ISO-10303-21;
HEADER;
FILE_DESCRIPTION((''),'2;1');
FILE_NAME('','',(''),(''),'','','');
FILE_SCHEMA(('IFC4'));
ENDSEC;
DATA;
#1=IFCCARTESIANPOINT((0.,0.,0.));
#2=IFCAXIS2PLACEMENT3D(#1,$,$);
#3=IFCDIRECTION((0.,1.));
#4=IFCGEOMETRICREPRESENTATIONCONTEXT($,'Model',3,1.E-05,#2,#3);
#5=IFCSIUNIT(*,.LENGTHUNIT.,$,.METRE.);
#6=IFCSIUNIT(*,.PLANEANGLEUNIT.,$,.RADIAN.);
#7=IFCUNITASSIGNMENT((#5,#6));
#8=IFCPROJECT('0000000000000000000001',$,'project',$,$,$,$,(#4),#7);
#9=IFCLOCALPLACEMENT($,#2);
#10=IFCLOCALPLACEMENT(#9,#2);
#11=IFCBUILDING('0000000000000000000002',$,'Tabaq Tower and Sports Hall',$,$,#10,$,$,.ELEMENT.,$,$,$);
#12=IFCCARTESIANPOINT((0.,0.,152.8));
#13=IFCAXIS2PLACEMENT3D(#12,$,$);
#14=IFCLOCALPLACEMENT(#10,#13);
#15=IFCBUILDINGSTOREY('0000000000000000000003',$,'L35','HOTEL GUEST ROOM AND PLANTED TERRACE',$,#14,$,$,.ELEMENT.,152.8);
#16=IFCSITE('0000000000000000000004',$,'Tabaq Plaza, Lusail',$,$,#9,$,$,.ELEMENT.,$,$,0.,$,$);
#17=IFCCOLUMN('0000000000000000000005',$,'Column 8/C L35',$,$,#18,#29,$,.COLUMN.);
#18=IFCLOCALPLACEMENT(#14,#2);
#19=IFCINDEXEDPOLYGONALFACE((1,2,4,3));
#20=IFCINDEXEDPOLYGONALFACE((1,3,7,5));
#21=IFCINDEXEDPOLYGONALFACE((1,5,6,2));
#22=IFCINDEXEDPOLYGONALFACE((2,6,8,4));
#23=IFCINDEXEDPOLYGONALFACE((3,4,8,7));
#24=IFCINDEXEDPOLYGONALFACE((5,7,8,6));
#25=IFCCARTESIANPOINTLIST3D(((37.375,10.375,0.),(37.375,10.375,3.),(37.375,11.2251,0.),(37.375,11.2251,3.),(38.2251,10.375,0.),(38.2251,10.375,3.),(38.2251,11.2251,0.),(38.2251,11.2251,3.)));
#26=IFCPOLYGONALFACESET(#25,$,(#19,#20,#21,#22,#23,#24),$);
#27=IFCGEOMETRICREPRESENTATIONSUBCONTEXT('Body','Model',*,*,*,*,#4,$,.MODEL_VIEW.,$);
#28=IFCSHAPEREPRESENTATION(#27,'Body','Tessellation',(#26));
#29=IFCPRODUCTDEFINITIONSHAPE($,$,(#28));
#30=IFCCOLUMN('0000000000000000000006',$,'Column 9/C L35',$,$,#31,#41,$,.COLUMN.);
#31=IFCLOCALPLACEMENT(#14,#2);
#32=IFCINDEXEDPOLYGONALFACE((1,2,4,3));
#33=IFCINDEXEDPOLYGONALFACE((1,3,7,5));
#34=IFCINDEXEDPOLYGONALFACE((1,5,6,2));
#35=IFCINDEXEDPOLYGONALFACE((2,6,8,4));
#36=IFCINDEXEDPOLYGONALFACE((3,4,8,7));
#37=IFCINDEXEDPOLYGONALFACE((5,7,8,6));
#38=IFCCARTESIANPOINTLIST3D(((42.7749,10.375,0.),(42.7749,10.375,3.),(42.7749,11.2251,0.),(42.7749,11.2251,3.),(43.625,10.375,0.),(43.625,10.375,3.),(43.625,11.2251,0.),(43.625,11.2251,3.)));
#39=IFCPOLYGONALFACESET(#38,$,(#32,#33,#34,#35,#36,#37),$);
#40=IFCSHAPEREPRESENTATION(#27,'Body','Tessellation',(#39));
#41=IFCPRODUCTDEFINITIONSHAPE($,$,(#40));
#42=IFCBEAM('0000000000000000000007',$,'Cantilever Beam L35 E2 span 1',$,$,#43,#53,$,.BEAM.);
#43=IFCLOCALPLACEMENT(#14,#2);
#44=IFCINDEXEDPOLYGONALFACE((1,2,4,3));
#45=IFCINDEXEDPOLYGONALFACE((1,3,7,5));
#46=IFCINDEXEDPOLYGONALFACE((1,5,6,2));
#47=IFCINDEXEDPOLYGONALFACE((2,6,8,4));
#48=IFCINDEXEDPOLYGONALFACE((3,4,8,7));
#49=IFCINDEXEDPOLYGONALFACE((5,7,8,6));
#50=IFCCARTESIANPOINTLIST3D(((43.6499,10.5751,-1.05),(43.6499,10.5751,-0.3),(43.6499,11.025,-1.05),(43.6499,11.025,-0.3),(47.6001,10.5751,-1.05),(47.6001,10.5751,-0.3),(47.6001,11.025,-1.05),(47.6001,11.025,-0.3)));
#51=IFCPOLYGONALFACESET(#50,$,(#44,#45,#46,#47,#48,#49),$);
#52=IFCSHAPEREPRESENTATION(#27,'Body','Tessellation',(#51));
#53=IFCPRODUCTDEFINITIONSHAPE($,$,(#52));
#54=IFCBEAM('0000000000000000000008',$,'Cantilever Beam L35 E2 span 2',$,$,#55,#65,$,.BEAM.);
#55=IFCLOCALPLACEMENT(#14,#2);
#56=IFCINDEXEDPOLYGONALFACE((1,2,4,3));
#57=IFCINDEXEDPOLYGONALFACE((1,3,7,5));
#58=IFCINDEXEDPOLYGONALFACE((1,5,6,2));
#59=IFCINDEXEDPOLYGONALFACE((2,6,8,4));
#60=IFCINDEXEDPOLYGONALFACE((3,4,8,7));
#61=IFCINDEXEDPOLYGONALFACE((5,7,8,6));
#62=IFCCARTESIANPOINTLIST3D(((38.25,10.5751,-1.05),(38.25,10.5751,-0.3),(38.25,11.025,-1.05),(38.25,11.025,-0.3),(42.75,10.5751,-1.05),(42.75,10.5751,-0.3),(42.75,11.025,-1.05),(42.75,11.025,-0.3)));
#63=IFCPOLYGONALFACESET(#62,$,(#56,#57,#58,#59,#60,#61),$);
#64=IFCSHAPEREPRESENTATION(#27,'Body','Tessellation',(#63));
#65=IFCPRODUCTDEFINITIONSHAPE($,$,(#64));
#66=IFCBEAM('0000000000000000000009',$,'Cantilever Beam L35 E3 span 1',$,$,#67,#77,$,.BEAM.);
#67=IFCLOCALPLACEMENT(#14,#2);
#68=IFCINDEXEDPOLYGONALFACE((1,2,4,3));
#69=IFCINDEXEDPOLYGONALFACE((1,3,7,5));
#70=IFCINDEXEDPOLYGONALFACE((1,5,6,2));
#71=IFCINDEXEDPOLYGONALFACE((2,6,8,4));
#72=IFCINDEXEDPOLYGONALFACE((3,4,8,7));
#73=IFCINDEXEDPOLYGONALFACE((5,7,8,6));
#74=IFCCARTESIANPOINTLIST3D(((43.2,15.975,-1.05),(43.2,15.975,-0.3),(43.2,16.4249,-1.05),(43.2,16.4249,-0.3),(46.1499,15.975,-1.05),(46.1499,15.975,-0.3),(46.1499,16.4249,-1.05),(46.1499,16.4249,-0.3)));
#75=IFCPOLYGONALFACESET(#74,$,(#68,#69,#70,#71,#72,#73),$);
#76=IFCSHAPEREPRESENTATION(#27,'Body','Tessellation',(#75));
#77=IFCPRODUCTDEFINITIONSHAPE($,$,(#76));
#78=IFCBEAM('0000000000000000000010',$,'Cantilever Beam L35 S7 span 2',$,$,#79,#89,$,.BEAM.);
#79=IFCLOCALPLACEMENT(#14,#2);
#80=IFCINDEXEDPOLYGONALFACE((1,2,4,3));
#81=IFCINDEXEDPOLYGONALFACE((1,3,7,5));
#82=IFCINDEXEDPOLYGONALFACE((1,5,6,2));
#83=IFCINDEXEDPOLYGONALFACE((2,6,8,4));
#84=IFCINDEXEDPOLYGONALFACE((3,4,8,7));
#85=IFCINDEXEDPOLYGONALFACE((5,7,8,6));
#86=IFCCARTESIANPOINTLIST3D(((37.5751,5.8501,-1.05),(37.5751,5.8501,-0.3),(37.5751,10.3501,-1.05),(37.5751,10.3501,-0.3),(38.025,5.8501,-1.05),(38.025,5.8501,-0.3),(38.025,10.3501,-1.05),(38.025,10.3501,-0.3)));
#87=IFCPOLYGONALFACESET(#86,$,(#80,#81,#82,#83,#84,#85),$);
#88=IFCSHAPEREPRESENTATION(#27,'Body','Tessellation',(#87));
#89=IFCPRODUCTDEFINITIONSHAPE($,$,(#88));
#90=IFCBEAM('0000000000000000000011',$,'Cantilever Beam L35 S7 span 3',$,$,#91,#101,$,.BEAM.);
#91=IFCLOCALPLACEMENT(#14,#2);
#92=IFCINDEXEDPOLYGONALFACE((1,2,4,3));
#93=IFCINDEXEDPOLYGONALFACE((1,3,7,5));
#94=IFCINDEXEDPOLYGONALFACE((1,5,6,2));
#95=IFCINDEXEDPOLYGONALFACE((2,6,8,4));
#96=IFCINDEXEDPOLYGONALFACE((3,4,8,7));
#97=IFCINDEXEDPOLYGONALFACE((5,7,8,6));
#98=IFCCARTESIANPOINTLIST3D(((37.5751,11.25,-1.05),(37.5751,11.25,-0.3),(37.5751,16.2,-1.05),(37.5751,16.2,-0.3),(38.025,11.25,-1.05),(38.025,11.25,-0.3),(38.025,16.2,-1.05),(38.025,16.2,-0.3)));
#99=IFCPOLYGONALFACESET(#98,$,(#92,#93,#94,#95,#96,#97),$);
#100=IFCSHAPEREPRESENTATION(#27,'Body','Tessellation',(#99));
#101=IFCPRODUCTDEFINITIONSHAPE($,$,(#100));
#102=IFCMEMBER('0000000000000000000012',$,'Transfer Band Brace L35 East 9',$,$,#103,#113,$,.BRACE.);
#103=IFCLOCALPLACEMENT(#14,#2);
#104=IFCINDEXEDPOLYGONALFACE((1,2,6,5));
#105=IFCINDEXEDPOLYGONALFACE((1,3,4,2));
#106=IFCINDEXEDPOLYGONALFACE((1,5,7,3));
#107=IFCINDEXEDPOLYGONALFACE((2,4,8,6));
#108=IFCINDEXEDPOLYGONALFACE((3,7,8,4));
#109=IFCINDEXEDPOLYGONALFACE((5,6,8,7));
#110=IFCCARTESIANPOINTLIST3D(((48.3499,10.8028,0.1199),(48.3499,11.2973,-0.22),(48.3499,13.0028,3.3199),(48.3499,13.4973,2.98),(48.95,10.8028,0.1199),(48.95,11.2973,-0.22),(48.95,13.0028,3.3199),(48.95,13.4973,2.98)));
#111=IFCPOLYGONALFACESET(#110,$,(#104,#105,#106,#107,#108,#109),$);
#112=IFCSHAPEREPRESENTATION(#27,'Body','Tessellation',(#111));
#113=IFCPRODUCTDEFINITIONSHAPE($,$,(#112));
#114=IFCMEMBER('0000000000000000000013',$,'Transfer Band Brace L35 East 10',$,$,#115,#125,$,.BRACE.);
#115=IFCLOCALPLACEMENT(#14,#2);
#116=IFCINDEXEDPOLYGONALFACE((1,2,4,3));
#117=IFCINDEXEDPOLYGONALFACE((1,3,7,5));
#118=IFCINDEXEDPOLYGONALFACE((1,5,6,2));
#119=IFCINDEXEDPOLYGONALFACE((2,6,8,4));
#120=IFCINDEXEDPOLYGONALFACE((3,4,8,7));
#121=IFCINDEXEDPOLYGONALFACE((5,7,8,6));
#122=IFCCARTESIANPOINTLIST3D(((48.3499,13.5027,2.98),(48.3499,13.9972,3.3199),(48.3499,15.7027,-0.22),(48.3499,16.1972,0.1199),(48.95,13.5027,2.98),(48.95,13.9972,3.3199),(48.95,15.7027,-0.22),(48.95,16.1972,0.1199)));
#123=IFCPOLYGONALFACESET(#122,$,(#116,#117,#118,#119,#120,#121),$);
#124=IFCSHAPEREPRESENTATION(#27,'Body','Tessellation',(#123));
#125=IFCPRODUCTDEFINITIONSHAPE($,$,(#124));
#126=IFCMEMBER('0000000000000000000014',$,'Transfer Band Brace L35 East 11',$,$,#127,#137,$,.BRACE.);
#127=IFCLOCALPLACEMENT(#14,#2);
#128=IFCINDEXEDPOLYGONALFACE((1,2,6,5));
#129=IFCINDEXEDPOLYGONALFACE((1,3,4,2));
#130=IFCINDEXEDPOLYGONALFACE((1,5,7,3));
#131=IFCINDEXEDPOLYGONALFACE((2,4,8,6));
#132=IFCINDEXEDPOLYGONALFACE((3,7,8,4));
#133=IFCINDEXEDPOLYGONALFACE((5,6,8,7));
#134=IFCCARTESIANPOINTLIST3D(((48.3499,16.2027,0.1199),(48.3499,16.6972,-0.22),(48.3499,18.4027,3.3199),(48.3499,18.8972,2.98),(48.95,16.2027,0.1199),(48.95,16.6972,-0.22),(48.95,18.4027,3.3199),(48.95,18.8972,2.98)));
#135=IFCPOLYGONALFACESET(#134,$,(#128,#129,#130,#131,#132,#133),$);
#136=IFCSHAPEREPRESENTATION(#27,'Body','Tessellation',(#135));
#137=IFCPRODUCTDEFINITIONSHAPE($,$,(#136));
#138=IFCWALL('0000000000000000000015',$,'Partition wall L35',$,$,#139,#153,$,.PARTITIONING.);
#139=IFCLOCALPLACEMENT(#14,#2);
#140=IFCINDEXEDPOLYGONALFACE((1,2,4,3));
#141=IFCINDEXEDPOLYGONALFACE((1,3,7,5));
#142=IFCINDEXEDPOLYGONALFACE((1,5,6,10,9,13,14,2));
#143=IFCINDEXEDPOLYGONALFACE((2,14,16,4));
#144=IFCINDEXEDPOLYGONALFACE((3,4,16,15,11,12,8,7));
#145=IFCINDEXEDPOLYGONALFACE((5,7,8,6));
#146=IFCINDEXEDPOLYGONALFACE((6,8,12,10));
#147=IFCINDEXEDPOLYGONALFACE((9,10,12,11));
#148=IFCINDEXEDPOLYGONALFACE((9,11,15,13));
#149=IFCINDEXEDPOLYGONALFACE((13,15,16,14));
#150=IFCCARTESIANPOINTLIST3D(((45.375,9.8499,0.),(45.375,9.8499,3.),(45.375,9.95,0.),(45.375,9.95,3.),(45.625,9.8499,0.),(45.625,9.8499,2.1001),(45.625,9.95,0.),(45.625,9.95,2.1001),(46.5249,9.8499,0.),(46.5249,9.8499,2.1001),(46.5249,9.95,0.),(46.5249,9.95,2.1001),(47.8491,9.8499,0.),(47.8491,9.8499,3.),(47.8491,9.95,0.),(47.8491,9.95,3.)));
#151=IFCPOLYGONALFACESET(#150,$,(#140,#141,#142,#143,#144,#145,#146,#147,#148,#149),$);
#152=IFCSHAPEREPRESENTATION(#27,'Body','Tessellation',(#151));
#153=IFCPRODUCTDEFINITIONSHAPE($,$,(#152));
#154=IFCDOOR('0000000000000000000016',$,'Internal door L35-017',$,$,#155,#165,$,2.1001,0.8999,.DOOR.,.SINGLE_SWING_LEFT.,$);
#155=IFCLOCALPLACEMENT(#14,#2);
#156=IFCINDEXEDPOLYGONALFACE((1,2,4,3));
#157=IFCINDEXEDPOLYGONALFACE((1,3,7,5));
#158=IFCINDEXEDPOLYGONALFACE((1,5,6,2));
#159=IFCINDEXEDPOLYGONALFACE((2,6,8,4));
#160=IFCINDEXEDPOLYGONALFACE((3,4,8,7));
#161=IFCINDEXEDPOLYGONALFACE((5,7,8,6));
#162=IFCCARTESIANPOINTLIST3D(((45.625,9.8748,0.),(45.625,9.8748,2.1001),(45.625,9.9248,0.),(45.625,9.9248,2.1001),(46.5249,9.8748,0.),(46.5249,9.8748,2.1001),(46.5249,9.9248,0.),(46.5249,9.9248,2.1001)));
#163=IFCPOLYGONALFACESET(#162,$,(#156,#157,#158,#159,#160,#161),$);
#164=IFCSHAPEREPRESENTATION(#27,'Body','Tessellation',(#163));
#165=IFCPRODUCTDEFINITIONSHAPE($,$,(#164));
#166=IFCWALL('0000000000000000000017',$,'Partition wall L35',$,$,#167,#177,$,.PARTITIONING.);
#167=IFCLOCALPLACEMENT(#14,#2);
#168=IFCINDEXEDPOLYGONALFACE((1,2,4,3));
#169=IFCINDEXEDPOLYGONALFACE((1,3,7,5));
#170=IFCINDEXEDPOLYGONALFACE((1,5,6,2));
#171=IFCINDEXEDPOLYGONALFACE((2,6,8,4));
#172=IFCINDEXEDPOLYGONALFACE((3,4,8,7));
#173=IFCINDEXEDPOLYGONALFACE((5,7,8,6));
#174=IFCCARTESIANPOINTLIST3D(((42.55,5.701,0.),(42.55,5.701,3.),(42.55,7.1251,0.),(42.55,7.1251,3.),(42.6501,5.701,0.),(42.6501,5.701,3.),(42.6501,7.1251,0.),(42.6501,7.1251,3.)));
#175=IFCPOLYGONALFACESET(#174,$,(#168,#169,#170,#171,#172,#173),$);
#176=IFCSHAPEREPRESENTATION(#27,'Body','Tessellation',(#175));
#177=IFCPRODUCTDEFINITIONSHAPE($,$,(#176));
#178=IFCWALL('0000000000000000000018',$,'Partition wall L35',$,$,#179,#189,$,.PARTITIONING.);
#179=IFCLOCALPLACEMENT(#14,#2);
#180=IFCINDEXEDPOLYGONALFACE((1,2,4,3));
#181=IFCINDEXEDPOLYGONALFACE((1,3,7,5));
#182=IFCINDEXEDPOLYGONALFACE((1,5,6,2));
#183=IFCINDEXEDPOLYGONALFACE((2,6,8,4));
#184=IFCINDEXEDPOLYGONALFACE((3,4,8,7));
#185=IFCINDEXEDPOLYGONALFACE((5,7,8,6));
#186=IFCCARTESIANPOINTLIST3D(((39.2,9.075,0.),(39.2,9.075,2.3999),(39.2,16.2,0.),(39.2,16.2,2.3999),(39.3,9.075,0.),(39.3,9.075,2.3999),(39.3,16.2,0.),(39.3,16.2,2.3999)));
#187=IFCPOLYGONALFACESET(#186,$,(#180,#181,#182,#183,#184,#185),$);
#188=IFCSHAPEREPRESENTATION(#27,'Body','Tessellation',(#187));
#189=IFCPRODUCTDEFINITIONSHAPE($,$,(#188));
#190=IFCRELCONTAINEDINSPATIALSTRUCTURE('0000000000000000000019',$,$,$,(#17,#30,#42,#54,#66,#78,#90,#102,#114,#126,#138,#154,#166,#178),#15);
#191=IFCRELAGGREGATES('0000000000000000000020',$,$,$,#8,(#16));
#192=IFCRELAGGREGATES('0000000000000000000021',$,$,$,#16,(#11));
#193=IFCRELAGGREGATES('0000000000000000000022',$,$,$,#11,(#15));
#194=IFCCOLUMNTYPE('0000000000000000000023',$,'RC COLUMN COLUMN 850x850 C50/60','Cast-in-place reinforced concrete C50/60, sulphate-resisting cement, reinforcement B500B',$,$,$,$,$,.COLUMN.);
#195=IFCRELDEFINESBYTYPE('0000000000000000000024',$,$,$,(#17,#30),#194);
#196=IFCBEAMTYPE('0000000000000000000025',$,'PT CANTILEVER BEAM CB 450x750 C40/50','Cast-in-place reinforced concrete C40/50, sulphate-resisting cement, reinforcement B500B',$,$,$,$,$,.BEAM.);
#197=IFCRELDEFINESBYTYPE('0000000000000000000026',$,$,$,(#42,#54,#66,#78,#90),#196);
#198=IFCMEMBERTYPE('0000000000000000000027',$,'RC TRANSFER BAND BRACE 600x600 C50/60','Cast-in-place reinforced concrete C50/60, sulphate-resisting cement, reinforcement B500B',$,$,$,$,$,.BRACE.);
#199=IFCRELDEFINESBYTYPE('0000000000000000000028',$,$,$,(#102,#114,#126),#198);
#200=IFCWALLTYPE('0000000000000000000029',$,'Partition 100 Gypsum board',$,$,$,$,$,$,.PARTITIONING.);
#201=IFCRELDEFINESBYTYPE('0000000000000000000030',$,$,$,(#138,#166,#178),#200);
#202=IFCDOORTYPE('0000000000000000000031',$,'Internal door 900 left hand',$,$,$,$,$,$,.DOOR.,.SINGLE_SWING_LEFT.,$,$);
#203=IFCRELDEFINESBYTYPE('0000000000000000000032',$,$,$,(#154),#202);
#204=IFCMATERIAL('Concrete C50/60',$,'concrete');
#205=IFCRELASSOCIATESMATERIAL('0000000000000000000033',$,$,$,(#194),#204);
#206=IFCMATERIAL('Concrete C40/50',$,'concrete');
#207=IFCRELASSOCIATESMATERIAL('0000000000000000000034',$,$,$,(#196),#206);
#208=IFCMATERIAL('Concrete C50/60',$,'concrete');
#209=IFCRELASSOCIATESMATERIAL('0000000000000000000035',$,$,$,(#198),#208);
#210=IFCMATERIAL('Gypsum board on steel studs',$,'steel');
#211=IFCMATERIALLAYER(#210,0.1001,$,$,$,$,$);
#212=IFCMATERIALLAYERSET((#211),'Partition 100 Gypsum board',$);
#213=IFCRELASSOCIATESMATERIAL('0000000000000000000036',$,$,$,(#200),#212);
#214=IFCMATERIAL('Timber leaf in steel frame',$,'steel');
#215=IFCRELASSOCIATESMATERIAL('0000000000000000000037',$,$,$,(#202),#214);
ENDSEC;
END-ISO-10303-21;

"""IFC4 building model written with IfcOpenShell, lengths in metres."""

from ifc_helpers import new_model, si_unit, direction, frame, frame_2d, origin, origin_2d, place, context, subcontext, project, spatial, rectangle, extrude, material, layer, layer_set, material_profile, profile_set, type_object, element, fill, save


model = new_model("IFC4")

# Units and contexts
model_context = context("Model", 3, precision=1e-05, world=origin(), true_north=direction((0.0, 1.0)))
body_context = subcontext(model_context, "Body", "Model", "MODEL_VIEW")
ifc_project = project(units=[si_unit("LENGTHUNIT", "METRE"), si_unit("PLANEANGLEUNIT", "RADIAN")], contexts=[model_context])

# Site, building, storey
site_placement = place(None, origin())
site = spatial("IfcSite", under=ifc_project, at=site_placement, Name="Tabaq Plaza, Lusail", CompositionType="ELEMENT", RefElevation=0.0)
building_placement = place(site_placement, origin())
building = spatial("IfcBuilding", under=site, at=building_placement, Name="Tabaq Tower and Sports Hall", CompositionType="ELEMENT")
storey_placement = place(building_placement, frame((0.0, 0.0, 152.8)))
storey = spatial("IfcBuildingStorey", under=building, at=storey_placement, Name="L35", Description="HOTEL GUEST ROOM AND PLANTED TERRACE", CompositionType="ELEMENT", Elevation=152.8)

# Columns
ifc_material_1 = material(Name="Concrete C50/60", Category="concrete")
ifc_material_profile_1 = material_profile(ifc_material_1, rectangle(XDim=0.8501, YDim=0.8501, at=origin_2d()), Name="COLUMN 850x850")
ifc_profile_set_1 = profile_set([ifc_material_profile_1], Name="Concrete C50/60")
column_type = type_object("IfcColumnType", Name="RC COLUMN COLUMN 850x850 C50/60", Description="Cast-in-place reinforced concrete C50/60, sulphate-resisting cement, reinforcement B500B", PredefinedType="COLUMN", material=ifc_profile_set_1)
for number, where, z_axis, x_axis, name in (
    (1, (37.8, 10.8, 0.0), (0.0, 0.0, 1.0), (1.0, 0.0, 0.0), "Column 8/C L35"),
    (2, (43.2, 10.8, 0.0), (0.0, 0.0, 1.0), (1.0, 0.0, 0.0), "Column 9/C L35"),
):
    element("IfcColumn", number, at=place(storey_placement, frame(where, z_axis=z_axis, x_axis=x_axis)), inside=storey, type_object=column_type, Name=name, PredefinedType="COLUMN", context=body_context, shape_type="SweptSolid", body=[
        extrude(rectangle(XDim=0.8501, YDim=0.8501, at=origin_2d()), origin(), (0.0, 0.0, 1.0), 3.0),
    ])

# Beams
ifc_material_2 = material(Name="Concrete C40/50", Category="concrete")
ifc_material_profile_2 = material_profile(ifc_material_2, rectangle(XDim=0.45, YDim=0.75, at=origin_2d()), Name="CB 450x750")
ifc_profile_set_2 = profile_set([ifc_material_profile_2], Name="Concrete C40/50")
beam_type = type_object("IfcBeamType", Name="PT CANTILEVER BEAM CB 450x750 C40/50", Description="Cast-in-place reinforced concrete C40/50, sulphate-resisting cement, reinforcement B500B", PredefinedType="BEAM", material=ifc_profile_set_2)
beam_1_placement = place(storey_placement, frame((47.6001, 10.8, -0.675), z_axis=(-1.0, 0.0, 0.0), x_axis=(0.0, -1.0, 0.0)))
element("IfcBeam", 3, at=beam_1_placement, inside=storey, type_object=beam_type, Name="Cantilever Beam L35 E2 span 1", PredefinedType="BEAM", context=body_context, shape_type="SweptSolid", body=[
    extrude(rectangle(XDim=0.45, YDim=0.75, at=origin_2d()), origin(), (0.0, 0.0, 1.0), 3.9502),
])
beam_2_placement = place(storey_placement, frame((42.75, 10.8, -0.675), z_axis=(-1.0, 0.0, 0.0), x_axis=(0.0, -1.0, 0.0)))
element("IfcBeam", 4, at=beam_2_placement, inside=storey, type_object=beam_type, Name="Cantilever Beam L35 E2 span 2", PredefinedType="BEAM", context=body_context, shape_type="SweptSolid", body=[
    extrude(rectangle(XDim=0.45, YDim=0.75, at=origin_2d()), origin(), (0.0, 0.0, 1.0), 4.5),
])
beam_3_placement = place(storey_placement, frame((46.1499, 16.2, -0.675), z_axis=(-1.0, 0.0, 0.0), x_axis=(0.0, -1.0, 0.0)))
element("IfcBeam", 5, at=beam_3_placement, inside=storey, type_object=beam_type, Name="Cantilever Beam L35 E3 span 1", PredefinedType="BEAM", context=body_context, shape_type="SweptSolid", body=[
    extrude(rectangle(XDim=0.45, YDim=0.75, at=origin_2d()), origin(), (0.0, 0.0, 1.0), 2.95),
])
beam_4_placement = place(storey_placement, frame((37.8, 5.8501, -0.675), z_axis=(0.0, 1.0, 0.0), x_axis=(-1.0, 0.0, 0.0)))
element("IfcBeam", 6, at=beam_4_placement, inside=storey, type_object=beam_type, Name="Cantilever Beam L35 S7 span 2", PredefinedType="BEAM", context=body_context, shape_type="SweptSolid", body=[
    extrude(rectangle(XDim=0.45, YDim=0.75, at=origin_2d()), origin(), (0.0, 0.0, 1.0), 4.5),
])
beam_5_placement = place(storey_placement, frame((37.8, 11.25, -0.675), z_axis=(0.0, 1.0, 0.0), x_axis=(-1.0, 0.0, 0.0)))
element("IfcBeam", 7, at=beam_5_placement, inside=storey, type_object=beam_type, Name="Cantilever Beam L35 S7 span 3", PredefinedType="BEAM", context=body_context, shape_type="SweptSolid", body=[
    extrude(rectangle(XDim=0.45, YDim=0.75, at=origin_2d()), origin(), (0.0, 0.0, 1.0), 4.95),
])

# Members
ifc_material_3 = material(Name="Concrete C50/60", Category="concrete")
ifc_material_profile_3 = material_profile(ifc_material_3, rectangle(XDim=0.6001, YDim=0.6001, at=origin_2d()), Name="TRANSFER BAND BRACE 600x600")
ifc_profile_set_3 = profile_set([ifc_material_profile_3], Name="Concrete C50/60")
member_type = type_object("IfcMemberType", Name="RC TRANSFER BAND BRACE 600x600 C50/60", Description="Cast-in-place reinforced concrete C50/60, sulphate-resisting cement, reinforcement B500B", PredefinedType="BRACE", material=ifc_profile_set_3)
for number, where, z_axis, x_axis, name in (
    (8, (48.6499, 11.05, -0.05), (0.0, 0.566526, 0.824044), (-1.0, 0.0, 0.0), "Transfer Band Brace L35 East 9"),
    (9, (48.6499, 15.95, -0.05), (0.0, -0.566526, 0.824044), (1.0, 0.0, 0.0), "Transfer Band Brace L35 East 10"),
    (10, (48.6499, 16.45, -0.05), (0.0, 0.566526, 0.824044), (-1.0, 0.0, 0.0), "Transfer Band Brace L35 East 11"),
):
    element("IfcMember", number, at=place(storey_placement, frame(where, z_axis=z_axis, x_axis=x_axis)), inside=storey, type_object=member_type, Name=name, PredefinedType="BRACE", context=body_context, shape_type="SweptSolid", body=[
        extrude(rectangle(XDim=0.6001, YDim=0.6001, at=origin_2d()), origin(), (0.0, 0.0, 1.0), 3.8833),
    ])

# Wall, opening, door
ifc_material_4 = material(Name="Gypsum board on steel studs", Category="steel")
ifc_layer_1 = layer(ifc_material_4, 0.1001)
ifc_layer_set_1 = layer_set([ifc_layer_1], Name="Partition 100 Gypsum board")
wall_type_1 = type_object("IfcWallType", Name="Partition 100 Gypsum board", PredefinedType="PARTITIONING", material=ifc_layer_set_1)
wall_1_placement = place(storey_placement, frame((45.375, 9.8999, 0.0), z_axis=(0.0, 0.0, 1.0), x_axis=(1.0, 0.0, 0.0)))
wall_1 = element("IfcWall", 11, at=wall_1_placement, inside=storey, type_object=wall_type_1, Name="Partition wall L35", PredefinedType="PARTITIONING", context=body_context, shape_type="SweptSolid", body=[
    extrude(rectangle(XDim=2.4741, YDim=0.1001, at=frame_2d((1.2371, 0.0))), origin(), (0.0, 0.0, 1.0), 3.0),
])
opening_1_placement = place(wall_1_placement, frame((0.25, 0.0, 0.0)))
opening_1 = element("IfcOpeningElement", 12, at=opening_1_placement, cuts=wall_1, PredefinedType="OPENING", context=body_context, shape_type="SweptSolid", body=[
    extrude(rectangle(XDim=0.8999, YDim=2.1001, at=frame_2d((0.45, 1.05))), frame((0.0, 0.05, 0.0), z_axis=(0.0, -1.0, 0.0), x_axis=(1.0, 0.0, 0.0)), (0.0, 0.0, 1.0), 0.1001),
])
ifc_material_5 = material(Name="Timber leaf in steel frame", Category="steel")
door_type_1 = type_object("IfcDoorType", Name="Internal door 900 left hand", OperationType="SINGLE_SWING_LEFT", PredefinedType="DOOR", material=ifc_material_5)
door_1_placement = place(opening_1_placement, origin())
door_1 = element("IfcDoor", 13, at=door_1_placement, inside=storey, type_object=door_type_1, Name="Internal door L35-017", OperationType="SINGLE_SWING_LEFT", OverallHeight=2.1001, OverallWidth=0.8999, PredefinedType="DOOR", context=body_context, shape_type="SweptSolid", body=[
    extrude(rectangle(XDim=0.8999, YDim=2.1001, at=frame_2d((0.45, 1.05))), frame((0.0, 0.0249, 0.0), z_axis=(0.0, -1.0, 0.0), x_axis=(1.0, 0.0, 0.0)), (0.0, 0.0, 1.0), 0.05),
])
fill(opening_1, door_1)

# Walls
wall_2_placement = place(storey_placement, frame((42.6001, 7.125, 0.0), z_axis=(0.0, 0.0, 1.0), x_axis=(0.0, -1.0, 0.0)))
element("IfcWall", 14, at=wall_2_placement, inside=storey, type_object=wall_type_1, Name="Partition wall L35", PredefinedType="PARTITIONING", context=body_context, shape_type="SweptSolid", body=[
    extrude(rectangle(XDim=1.4241, YDim=0.1001, at=frame_2d((0.7119, 0.0))), origin(), (0.0, 0.0, 1.0), 3.0),
])
wall_3_placement = place(storey_placement, frame((39.25, 9.075, 0.0), z_axis=(0.0, 0.0, 1.0), x_axis=(0.0, 1.0, 0.0)))
element("IfcWall", 15, at=wall_3_placement, inside=storey, type_object=wall_type_1, Name="Partition wall L35", PredefinedType="PARTITIONING", context=body_context, shape_type="SweptSolid", body=[
    extrude(rectangle(XDim=7.125, YDim=0.1001, at=frame_2d((3.5625, 0.0))), origin(), (0.0, 0.0, 1.0), 2.3999),
])

save(model, "model.ifc")
